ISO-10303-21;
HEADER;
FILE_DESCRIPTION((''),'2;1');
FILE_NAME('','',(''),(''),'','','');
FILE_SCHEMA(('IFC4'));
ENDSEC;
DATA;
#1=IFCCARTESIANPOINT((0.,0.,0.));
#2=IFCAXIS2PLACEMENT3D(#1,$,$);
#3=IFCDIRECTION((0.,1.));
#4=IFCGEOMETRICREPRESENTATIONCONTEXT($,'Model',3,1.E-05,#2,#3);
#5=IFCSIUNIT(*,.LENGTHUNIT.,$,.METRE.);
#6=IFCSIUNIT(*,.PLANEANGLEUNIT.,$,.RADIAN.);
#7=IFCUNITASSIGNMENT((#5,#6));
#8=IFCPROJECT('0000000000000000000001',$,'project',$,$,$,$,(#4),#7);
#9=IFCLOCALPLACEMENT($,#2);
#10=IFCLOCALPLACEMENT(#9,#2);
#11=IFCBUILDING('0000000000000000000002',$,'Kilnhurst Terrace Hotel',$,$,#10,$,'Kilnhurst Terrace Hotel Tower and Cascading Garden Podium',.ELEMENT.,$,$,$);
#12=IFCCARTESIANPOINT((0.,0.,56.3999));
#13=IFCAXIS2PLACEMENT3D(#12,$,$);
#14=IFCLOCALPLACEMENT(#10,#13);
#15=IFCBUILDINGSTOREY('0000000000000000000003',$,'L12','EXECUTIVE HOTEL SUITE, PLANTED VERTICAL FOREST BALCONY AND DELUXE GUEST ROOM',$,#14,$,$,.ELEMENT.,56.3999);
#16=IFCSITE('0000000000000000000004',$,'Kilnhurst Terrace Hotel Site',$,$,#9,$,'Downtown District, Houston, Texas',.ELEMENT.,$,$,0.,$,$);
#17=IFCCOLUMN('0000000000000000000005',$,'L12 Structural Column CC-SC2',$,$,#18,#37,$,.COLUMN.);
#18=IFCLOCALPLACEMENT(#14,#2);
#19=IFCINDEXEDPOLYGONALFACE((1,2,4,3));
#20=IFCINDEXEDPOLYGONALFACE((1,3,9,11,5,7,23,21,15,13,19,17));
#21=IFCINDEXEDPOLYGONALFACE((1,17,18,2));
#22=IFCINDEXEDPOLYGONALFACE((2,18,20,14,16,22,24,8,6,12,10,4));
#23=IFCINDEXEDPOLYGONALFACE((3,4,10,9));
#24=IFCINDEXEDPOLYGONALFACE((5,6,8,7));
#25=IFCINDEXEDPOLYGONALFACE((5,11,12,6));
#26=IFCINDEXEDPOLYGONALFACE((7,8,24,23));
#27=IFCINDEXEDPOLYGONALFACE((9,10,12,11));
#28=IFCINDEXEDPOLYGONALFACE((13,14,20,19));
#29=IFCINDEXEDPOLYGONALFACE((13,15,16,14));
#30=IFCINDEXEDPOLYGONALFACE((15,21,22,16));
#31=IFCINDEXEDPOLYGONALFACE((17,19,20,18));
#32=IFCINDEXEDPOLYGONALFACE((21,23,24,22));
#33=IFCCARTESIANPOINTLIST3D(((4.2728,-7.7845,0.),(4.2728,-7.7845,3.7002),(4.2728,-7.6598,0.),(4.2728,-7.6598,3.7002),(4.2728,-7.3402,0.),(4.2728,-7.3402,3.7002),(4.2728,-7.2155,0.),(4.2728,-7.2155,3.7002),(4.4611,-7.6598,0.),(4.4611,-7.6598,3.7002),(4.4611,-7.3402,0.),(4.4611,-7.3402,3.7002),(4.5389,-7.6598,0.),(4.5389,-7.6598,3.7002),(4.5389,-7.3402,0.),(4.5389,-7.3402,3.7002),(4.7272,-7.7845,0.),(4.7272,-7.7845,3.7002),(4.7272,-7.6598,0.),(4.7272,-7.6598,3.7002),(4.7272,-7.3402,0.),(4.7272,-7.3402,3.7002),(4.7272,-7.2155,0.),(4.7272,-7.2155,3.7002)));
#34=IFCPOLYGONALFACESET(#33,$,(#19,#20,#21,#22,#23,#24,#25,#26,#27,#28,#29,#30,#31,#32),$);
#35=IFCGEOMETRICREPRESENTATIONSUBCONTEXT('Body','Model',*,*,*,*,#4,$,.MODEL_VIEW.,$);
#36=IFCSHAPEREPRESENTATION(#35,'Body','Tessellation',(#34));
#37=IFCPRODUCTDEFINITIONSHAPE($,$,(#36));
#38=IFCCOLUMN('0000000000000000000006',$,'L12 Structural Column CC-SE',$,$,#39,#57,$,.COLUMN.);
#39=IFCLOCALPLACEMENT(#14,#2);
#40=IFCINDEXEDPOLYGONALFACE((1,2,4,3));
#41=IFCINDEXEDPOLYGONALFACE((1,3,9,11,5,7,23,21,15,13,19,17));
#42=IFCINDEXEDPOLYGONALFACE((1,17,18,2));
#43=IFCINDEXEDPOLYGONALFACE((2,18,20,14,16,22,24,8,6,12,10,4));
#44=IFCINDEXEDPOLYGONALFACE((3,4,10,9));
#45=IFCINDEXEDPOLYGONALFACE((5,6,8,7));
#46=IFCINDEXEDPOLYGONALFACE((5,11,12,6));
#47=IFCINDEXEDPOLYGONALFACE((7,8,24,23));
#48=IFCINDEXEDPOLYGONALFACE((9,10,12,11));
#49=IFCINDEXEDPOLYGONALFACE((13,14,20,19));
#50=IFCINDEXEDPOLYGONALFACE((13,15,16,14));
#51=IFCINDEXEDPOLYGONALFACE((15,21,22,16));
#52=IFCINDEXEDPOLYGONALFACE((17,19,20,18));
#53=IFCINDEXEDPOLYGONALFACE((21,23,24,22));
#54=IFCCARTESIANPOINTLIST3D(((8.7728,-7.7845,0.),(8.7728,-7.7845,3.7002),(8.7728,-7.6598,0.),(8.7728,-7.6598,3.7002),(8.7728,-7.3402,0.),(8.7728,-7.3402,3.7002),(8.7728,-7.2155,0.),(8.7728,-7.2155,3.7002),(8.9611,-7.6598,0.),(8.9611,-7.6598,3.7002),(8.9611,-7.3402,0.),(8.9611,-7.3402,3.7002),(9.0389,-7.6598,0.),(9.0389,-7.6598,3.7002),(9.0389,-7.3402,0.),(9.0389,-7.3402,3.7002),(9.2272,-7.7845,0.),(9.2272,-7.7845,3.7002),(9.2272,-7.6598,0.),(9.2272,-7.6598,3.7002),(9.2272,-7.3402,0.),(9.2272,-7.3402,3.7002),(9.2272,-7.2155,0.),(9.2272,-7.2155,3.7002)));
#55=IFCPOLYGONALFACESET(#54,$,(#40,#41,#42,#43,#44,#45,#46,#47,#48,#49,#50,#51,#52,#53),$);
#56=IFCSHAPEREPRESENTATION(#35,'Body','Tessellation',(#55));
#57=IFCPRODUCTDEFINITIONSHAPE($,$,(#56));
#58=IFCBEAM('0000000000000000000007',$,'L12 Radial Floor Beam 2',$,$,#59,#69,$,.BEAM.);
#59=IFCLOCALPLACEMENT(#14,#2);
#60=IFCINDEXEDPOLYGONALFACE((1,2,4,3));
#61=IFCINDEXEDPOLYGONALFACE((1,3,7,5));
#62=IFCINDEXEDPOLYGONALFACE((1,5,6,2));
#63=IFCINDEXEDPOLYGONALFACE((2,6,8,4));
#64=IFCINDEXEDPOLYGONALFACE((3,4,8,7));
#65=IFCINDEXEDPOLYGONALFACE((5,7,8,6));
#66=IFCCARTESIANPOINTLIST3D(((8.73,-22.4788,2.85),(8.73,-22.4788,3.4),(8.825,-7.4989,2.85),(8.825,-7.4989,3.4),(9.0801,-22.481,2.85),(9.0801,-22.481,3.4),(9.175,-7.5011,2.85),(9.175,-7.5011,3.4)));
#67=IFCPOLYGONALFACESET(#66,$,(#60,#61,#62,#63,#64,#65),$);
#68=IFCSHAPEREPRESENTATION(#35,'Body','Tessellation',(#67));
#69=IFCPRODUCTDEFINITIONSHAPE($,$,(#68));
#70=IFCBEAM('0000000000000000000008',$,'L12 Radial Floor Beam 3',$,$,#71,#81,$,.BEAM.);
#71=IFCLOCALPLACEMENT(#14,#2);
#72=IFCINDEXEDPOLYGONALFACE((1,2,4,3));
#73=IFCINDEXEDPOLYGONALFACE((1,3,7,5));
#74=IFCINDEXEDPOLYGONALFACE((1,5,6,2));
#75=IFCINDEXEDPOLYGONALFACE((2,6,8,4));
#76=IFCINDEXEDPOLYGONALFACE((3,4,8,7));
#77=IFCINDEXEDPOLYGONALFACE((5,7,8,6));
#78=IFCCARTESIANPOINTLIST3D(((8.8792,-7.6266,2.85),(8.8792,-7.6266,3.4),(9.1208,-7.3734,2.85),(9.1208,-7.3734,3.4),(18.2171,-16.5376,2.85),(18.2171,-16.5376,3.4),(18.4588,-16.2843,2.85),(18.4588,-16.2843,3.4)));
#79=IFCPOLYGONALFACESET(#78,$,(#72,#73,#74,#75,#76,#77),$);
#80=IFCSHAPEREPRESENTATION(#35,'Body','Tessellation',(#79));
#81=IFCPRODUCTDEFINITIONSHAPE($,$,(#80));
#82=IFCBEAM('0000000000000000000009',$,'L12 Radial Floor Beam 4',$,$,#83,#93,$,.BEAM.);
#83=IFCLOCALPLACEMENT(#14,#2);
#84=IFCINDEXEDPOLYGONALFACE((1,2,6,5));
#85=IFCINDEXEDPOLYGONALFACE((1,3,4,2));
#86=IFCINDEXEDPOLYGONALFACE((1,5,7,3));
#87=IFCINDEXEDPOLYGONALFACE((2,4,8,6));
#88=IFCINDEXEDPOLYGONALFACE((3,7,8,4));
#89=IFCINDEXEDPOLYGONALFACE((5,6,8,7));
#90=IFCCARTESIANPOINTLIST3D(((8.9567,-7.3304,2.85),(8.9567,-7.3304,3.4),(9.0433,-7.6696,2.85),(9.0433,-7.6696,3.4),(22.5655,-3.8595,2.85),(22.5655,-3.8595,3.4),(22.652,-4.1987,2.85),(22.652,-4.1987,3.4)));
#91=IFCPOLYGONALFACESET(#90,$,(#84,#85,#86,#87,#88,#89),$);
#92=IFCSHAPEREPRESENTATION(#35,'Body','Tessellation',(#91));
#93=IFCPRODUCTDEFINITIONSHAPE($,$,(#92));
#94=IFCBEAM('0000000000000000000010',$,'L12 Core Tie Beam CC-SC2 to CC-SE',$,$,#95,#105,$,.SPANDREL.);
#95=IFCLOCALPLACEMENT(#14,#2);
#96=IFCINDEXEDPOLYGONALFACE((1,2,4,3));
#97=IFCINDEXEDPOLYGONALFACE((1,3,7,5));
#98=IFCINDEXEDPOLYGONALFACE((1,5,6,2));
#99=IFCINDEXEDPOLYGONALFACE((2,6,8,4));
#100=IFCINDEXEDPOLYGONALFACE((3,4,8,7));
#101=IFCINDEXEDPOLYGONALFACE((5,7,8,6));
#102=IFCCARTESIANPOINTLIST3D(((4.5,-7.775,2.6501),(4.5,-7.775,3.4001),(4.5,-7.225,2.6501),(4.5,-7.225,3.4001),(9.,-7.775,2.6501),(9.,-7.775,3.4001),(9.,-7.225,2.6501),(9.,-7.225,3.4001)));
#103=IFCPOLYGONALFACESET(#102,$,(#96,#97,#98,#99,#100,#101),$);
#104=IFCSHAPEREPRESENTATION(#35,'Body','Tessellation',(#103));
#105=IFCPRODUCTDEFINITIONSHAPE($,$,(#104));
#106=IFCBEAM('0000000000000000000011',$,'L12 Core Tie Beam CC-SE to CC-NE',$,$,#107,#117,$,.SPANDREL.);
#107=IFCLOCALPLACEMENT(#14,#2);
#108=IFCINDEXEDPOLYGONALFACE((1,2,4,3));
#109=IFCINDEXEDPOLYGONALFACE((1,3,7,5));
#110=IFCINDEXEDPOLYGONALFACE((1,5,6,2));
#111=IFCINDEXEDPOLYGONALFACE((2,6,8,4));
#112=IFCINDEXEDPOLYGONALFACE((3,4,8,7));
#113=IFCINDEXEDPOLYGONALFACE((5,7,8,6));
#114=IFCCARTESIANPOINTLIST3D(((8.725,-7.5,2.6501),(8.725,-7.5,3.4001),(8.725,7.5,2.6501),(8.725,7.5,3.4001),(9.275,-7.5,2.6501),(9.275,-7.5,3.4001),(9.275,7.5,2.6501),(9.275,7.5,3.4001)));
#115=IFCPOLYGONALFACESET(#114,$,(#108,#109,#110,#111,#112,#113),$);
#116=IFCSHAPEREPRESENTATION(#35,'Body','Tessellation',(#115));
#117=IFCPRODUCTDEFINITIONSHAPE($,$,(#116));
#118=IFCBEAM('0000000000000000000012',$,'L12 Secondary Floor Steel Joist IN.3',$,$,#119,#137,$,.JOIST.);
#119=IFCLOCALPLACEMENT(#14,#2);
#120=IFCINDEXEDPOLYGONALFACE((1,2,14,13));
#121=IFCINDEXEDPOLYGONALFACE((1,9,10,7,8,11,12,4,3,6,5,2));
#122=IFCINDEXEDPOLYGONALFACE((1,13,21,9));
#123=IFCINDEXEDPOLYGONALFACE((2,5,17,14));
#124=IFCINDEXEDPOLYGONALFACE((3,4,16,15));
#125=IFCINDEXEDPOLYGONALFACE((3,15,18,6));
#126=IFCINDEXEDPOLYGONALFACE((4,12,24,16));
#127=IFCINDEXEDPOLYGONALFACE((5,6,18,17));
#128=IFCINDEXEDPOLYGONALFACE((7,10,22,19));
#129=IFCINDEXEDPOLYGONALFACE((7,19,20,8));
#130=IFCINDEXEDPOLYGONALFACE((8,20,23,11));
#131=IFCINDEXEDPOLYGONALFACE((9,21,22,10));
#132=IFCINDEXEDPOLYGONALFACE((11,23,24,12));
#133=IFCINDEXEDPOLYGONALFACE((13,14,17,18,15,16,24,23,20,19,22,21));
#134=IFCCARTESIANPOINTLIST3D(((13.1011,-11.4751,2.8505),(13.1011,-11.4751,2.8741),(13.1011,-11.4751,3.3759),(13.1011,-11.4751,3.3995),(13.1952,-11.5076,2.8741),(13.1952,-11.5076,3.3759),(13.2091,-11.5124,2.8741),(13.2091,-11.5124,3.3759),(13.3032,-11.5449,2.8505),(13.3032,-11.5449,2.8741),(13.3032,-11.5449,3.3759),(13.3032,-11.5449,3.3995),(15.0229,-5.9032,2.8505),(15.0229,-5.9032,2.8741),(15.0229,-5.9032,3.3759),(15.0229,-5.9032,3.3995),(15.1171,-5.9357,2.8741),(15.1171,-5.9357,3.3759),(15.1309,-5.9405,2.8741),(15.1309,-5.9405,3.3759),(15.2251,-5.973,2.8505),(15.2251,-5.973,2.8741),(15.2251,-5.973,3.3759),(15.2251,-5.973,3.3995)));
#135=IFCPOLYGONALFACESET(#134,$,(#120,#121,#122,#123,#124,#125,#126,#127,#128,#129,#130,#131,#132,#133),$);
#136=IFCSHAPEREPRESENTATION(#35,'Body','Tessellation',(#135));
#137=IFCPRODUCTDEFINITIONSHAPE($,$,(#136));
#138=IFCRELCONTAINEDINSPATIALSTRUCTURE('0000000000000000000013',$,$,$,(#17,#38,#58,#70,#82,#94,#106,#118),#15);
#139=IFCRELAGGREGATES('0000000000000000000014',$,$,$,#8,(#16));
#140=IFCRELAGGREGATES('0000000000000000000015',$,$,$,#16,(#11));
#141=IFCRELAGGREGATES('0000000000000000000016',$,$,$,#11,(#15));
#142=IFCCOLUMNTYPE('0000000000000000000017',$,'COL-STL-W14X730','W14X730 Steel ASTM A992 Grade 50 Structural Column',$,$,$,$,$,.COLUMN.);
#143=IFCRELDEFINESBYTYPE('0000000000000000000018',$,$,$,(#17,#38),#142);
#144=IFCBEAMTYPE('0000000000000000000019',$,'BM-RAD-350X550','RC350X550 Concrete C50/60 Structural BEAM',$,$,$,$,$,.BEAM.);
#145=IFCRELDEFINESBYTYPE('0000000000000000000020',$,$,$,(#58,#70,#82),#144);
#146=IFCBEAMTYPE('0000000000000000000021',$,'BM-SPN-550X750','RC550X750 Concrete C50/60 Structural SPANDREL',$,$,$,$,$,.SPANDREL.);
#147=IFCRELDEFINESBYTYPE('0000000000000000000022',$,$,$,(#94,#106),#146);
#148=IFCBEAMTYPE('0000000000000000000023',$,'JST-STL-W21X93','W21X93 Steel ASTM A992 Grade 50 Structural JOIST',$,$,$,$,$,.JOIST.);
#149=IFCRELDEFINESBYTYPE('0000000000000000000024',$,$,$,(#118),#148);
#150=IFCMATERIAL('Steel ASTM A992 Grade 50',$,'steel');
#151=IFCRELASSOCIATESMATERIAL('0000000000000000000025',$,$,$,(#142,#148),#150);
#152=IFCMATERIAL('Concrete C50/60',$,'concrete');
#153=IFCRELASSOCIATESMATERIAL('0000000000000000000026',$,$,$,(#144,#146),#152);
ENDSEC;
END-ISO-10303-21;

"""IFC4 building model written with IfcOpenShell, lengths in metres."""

from ifc_helpers import new_model, si_unit, direction, frame, origin, origin_2d, place, context, subcontext, project, spatial, rectangle, i_section, extrude, material, material_profile, profile_set, type_object, element, save


model = new_model("IFC4")

# Units and contexts
model_context = context("Model", 3, precision=1e-05, world=origin(), true_north=direction((0.0, 1.0)))
body_context = subcontext(model_context, "Body", "Model", "MODEL_VIEW")
ifc_project = project(units=[si_unit("LENGTHUNIT", "METRE"), si_unit("PLANEANGLEUNIT", "RADIAN")], contexts=[model_context])

# Site, building, storey
site_placement = place(None, origin())
site = spatial("IfcSite", under=ifc_project, at=site_placement, Name="Kilnhurst Terrace Hotel Site", LongName="Downtown District, Houston, Texas", CompositionType="ELEMENT", RefElevation=0.0)
building_placement = place(site_placement, origin())
building = spatial("IfcBuilding", under=site, at=building_placement, Name="Kilnhurst Terrace Hotel", LongName="Kilnhurst Terrace Hotel Tower and Cascading Garden Podium", CompositionType="ELEMENT")
storey_placement = place(building_placement, frame((0.0, 0.0, 56.3999)))
storey = spatial("IfcBuildingStorey", under=building, at=storey_placement, Name="L12", Description="EXECUTIVE HOTEL SUITE, PLANTED VERTICAL FOREST BALCONY AND DELUXE GUEST ROOM", CompositionType="ELEMENT", Elevation=56.3999)

# Columns
ifc_material_1 = material(Name="Steel ASTM A992 Grade 50", Category="steel")
ifc_material_profile_1 = material_profile(ifc_material_1, i_section(OverallWidth=0.4543, OverallDepth=0.5691, WebThickness=0.0779, FlangeThickness=0.1248, at=origin_2d()), Name="W14X730")
ifc_profile_set_1 = profile_set([ifc_material_profile_1], Name="Steel ASTM A992 Grade 50")
column_type = type_object("IfcColumnType", Name="COL-STL-W14X730", Description="W14X730 Steel ASTM A992 Grade 50 Structural Column", PredefinedType="COLUMN", material=ifc_profile_set_1)
for number, where, z_axis, x_axis, name in (
    (1, (4.5, -7.5, 0.0), (0.0, 0.0, 1.0), (1.0, 0.0, 0.0), "L12 Structural Column CC-SC2"),
    (2, (9.0, -7.5, 0.0), (0.0, 0.0, 1.0), (1.0, 0.0, 0.0), "L12 Structural Column CC-SE"),
):
    element("IfcColumn", number, at=place(storey_placement, frame(where, z_axis=z_axis, x_axis=x_axis)), inside=storey, type_object=column_type, Name=name, PredefinedType="COLUMN", context=body_context, shape_type="SweptSolid", body=[
        extrude(i_section(OverallWidth=0.4543, OverallDepth=0.5691, WebThickness=0.0779, FlangeThickness=0.1248, at=origin_2d()), origin(), (0.0, 0.0, 1.0), 3.7002),
    ])

# Beams
ifc_material_2 = material(Name="Concrete C50/60", Category="concrete")
ifc_material_profile_2 = material_profile(ifc_material_2, rectangle(XDim=0.3501, YDim=0.55, at=origin_2d()), Name="RC350X550")
ifc_profile_set_2 = profile_set([ifc_material_profile_2], Name="Concrete C50/60")
beam_type_1 = type_object("IfcBeamType", Name="BM-RAD-350X550", Description="RC350X550 Concrete C50/60 Structural BEAM", PredefinedType="BEAM", material=ifc_profile_set_2)
beam_1_placement = place(storey_placement, frame((9.0, -7.5, 3.125), z_axis=(-0.00634, -0.99998, 0.0), x_axis=(0.99998, -0.00634, 0.0)))
element("IfcBeam", 3, at=beam_1_placement, inside=storey, type_object=beam_type_1, Name="L12 Radial Floor Beam 2", PredefinedType="BEAM", context=body_context, shape_type="SweptSolid", body=[
    extrude(rectangle(XDim=0.3501, YDim=0.55, at=origin_2d()), origin(), (0.0, 0.0, 1.0), 14.9802),
])
beam_2_placement = place(storey_placement, frame((9.0, -7.5, 3.125), z_axis=(0.723454, -0.690372, 0.0), x_axis=(0.690372, 0.723454, 0.0)))
element("IfcBeam", 4, at=beam_2_placement, inside=storey, type_object=beam_type_1, Name="L12 Radial Floor Beam 3", PredefinedType="BEAM", context=body_context, shape_type="SweptSolid", body=[
    extrude(rectangle(XDim=0.3501, YDim=0.55, at=origin_2d()), origin(), (0.0, 0.0, 1.0), 12.9075),
])
beam_3_placement = place(storey_placement, frame((9.0, -7.5, 3.125), z_axis=(0.96898, 0.247138, 0.0), x_axis=(-0.247138, 0.96898, 0.0)))
element("IfcBeam", 5, at=beam_3_placement, inside=storey, type_object=beam_type_1, Name="L12 Radial Floor Beam 4", PredefinedType="BEAM", context=body_context, shape_type="SweptSolid", body=[
    extrude(rectangle(XDim=0.3501, YDim=0.55, at=origin_2d()), origin(), (0.0, 0.0, 1.0), 14.0444),
])
ifc_material_profile_3 = material_profile(ifc_material_2, rectangle(XDim=0.55, YDim=0.75, at=origin_2d()), Name="RC550X750")
ifc_profile_set_3 = profile_set([ifc_material_profile_3], Name="Concrete C50/60")
beam_type_2 = type_object("IfcBeamType", Name="BM-SPN-550X750", Description="RC550X750 Concrete C50/60 Structural SPANDREL", PredefinedType="SPANDREL", material=ifc_profile_set_3)
beam_4_placement = place(storey_placement, frame((4.5, -7.5, 3.0251), z_axis=(1.0, 0.0, 0.0), x_axis=(0.0, 1.0, 0.0)))
element("IfcBeam", 6, at=beam_4_placement, inside=storey, type_object=beam_type_2, Name="L12 Core Tie Beam CC-SC2 to CC-SE", PredefinedType="SPANDREL", context=body_context, shape_type="SweptSolid", body=[
    extrude(rectangle(XDim=0.55, YDim=0.75, at=origin_2d()), origin(), (0.0, 0.0, 1.0), 4.5),
])
beam_5_placement = place(storey_placement, frame((9.0, -7.5, 3.0251), z_axis=(0.0, 1.0, 0.0), x_axis=(-1.0, 0.0, 0.0)))
element("IfcBeam", 7, at=beam_5_placement, inside=storey, type_object=beam_type_2, Name="L12 Core Tie Beam CC-SE to CC-NE", PredefinedType="SPANDREL", context=body_context, shape_type="SweptSolid", body=[
    extrude(rectangle(XDim=0.55, YDim=0.75, at=origin_2d()), origin(), (0.0, 0.0, 1.0), 15.0),
])
ifc_material_profile_4 = material_profile(ifc_material_1, i_section(OverallWidth=0.2139, OverallDepth=0.5491, WebThickness=0.0146, FlangeThickness=0.0237, at=origin_2d()), Name="W21X93")
ifc_profile_set_4 = profile_set([ifc_material_profile_4], Name="Steel ASTM A992 Grade 50")
beam_type_3 = type_object("IfcBeamType", Name="JST-STL-W21X93", Description="W21X93 Steel ASTM A992 Grade 50 Structural JOIST", PredefinedType="JOIST", material=ifc_profile_set_4)
beam_6_placement = place(storey_placement, frame((13.2021, -11.51, 3.125), z_axis=(0.326065, 0.945347, 0.0), x_axis=(-0.945347, 0.326065, 0.0)))
element("IfcBeam", 8, at=beam_6_placement, inside=storey, type_object=beam_type_3, Name="L12 Secondary Floor Steel Joist IN.3", PredefinedType="JOIST", context=body_context, shape_type="SweptSolid", body=[
    extrude(i_section(OverallWidth=0.2139, OverallDepth=0.5491, WebThickness=0.0146, FlangeThickness=0.0237, at=origin_2d()), origin(), (0.0, 0.0, 1.0), 5.894),
])

save(model, "model.ifc")
